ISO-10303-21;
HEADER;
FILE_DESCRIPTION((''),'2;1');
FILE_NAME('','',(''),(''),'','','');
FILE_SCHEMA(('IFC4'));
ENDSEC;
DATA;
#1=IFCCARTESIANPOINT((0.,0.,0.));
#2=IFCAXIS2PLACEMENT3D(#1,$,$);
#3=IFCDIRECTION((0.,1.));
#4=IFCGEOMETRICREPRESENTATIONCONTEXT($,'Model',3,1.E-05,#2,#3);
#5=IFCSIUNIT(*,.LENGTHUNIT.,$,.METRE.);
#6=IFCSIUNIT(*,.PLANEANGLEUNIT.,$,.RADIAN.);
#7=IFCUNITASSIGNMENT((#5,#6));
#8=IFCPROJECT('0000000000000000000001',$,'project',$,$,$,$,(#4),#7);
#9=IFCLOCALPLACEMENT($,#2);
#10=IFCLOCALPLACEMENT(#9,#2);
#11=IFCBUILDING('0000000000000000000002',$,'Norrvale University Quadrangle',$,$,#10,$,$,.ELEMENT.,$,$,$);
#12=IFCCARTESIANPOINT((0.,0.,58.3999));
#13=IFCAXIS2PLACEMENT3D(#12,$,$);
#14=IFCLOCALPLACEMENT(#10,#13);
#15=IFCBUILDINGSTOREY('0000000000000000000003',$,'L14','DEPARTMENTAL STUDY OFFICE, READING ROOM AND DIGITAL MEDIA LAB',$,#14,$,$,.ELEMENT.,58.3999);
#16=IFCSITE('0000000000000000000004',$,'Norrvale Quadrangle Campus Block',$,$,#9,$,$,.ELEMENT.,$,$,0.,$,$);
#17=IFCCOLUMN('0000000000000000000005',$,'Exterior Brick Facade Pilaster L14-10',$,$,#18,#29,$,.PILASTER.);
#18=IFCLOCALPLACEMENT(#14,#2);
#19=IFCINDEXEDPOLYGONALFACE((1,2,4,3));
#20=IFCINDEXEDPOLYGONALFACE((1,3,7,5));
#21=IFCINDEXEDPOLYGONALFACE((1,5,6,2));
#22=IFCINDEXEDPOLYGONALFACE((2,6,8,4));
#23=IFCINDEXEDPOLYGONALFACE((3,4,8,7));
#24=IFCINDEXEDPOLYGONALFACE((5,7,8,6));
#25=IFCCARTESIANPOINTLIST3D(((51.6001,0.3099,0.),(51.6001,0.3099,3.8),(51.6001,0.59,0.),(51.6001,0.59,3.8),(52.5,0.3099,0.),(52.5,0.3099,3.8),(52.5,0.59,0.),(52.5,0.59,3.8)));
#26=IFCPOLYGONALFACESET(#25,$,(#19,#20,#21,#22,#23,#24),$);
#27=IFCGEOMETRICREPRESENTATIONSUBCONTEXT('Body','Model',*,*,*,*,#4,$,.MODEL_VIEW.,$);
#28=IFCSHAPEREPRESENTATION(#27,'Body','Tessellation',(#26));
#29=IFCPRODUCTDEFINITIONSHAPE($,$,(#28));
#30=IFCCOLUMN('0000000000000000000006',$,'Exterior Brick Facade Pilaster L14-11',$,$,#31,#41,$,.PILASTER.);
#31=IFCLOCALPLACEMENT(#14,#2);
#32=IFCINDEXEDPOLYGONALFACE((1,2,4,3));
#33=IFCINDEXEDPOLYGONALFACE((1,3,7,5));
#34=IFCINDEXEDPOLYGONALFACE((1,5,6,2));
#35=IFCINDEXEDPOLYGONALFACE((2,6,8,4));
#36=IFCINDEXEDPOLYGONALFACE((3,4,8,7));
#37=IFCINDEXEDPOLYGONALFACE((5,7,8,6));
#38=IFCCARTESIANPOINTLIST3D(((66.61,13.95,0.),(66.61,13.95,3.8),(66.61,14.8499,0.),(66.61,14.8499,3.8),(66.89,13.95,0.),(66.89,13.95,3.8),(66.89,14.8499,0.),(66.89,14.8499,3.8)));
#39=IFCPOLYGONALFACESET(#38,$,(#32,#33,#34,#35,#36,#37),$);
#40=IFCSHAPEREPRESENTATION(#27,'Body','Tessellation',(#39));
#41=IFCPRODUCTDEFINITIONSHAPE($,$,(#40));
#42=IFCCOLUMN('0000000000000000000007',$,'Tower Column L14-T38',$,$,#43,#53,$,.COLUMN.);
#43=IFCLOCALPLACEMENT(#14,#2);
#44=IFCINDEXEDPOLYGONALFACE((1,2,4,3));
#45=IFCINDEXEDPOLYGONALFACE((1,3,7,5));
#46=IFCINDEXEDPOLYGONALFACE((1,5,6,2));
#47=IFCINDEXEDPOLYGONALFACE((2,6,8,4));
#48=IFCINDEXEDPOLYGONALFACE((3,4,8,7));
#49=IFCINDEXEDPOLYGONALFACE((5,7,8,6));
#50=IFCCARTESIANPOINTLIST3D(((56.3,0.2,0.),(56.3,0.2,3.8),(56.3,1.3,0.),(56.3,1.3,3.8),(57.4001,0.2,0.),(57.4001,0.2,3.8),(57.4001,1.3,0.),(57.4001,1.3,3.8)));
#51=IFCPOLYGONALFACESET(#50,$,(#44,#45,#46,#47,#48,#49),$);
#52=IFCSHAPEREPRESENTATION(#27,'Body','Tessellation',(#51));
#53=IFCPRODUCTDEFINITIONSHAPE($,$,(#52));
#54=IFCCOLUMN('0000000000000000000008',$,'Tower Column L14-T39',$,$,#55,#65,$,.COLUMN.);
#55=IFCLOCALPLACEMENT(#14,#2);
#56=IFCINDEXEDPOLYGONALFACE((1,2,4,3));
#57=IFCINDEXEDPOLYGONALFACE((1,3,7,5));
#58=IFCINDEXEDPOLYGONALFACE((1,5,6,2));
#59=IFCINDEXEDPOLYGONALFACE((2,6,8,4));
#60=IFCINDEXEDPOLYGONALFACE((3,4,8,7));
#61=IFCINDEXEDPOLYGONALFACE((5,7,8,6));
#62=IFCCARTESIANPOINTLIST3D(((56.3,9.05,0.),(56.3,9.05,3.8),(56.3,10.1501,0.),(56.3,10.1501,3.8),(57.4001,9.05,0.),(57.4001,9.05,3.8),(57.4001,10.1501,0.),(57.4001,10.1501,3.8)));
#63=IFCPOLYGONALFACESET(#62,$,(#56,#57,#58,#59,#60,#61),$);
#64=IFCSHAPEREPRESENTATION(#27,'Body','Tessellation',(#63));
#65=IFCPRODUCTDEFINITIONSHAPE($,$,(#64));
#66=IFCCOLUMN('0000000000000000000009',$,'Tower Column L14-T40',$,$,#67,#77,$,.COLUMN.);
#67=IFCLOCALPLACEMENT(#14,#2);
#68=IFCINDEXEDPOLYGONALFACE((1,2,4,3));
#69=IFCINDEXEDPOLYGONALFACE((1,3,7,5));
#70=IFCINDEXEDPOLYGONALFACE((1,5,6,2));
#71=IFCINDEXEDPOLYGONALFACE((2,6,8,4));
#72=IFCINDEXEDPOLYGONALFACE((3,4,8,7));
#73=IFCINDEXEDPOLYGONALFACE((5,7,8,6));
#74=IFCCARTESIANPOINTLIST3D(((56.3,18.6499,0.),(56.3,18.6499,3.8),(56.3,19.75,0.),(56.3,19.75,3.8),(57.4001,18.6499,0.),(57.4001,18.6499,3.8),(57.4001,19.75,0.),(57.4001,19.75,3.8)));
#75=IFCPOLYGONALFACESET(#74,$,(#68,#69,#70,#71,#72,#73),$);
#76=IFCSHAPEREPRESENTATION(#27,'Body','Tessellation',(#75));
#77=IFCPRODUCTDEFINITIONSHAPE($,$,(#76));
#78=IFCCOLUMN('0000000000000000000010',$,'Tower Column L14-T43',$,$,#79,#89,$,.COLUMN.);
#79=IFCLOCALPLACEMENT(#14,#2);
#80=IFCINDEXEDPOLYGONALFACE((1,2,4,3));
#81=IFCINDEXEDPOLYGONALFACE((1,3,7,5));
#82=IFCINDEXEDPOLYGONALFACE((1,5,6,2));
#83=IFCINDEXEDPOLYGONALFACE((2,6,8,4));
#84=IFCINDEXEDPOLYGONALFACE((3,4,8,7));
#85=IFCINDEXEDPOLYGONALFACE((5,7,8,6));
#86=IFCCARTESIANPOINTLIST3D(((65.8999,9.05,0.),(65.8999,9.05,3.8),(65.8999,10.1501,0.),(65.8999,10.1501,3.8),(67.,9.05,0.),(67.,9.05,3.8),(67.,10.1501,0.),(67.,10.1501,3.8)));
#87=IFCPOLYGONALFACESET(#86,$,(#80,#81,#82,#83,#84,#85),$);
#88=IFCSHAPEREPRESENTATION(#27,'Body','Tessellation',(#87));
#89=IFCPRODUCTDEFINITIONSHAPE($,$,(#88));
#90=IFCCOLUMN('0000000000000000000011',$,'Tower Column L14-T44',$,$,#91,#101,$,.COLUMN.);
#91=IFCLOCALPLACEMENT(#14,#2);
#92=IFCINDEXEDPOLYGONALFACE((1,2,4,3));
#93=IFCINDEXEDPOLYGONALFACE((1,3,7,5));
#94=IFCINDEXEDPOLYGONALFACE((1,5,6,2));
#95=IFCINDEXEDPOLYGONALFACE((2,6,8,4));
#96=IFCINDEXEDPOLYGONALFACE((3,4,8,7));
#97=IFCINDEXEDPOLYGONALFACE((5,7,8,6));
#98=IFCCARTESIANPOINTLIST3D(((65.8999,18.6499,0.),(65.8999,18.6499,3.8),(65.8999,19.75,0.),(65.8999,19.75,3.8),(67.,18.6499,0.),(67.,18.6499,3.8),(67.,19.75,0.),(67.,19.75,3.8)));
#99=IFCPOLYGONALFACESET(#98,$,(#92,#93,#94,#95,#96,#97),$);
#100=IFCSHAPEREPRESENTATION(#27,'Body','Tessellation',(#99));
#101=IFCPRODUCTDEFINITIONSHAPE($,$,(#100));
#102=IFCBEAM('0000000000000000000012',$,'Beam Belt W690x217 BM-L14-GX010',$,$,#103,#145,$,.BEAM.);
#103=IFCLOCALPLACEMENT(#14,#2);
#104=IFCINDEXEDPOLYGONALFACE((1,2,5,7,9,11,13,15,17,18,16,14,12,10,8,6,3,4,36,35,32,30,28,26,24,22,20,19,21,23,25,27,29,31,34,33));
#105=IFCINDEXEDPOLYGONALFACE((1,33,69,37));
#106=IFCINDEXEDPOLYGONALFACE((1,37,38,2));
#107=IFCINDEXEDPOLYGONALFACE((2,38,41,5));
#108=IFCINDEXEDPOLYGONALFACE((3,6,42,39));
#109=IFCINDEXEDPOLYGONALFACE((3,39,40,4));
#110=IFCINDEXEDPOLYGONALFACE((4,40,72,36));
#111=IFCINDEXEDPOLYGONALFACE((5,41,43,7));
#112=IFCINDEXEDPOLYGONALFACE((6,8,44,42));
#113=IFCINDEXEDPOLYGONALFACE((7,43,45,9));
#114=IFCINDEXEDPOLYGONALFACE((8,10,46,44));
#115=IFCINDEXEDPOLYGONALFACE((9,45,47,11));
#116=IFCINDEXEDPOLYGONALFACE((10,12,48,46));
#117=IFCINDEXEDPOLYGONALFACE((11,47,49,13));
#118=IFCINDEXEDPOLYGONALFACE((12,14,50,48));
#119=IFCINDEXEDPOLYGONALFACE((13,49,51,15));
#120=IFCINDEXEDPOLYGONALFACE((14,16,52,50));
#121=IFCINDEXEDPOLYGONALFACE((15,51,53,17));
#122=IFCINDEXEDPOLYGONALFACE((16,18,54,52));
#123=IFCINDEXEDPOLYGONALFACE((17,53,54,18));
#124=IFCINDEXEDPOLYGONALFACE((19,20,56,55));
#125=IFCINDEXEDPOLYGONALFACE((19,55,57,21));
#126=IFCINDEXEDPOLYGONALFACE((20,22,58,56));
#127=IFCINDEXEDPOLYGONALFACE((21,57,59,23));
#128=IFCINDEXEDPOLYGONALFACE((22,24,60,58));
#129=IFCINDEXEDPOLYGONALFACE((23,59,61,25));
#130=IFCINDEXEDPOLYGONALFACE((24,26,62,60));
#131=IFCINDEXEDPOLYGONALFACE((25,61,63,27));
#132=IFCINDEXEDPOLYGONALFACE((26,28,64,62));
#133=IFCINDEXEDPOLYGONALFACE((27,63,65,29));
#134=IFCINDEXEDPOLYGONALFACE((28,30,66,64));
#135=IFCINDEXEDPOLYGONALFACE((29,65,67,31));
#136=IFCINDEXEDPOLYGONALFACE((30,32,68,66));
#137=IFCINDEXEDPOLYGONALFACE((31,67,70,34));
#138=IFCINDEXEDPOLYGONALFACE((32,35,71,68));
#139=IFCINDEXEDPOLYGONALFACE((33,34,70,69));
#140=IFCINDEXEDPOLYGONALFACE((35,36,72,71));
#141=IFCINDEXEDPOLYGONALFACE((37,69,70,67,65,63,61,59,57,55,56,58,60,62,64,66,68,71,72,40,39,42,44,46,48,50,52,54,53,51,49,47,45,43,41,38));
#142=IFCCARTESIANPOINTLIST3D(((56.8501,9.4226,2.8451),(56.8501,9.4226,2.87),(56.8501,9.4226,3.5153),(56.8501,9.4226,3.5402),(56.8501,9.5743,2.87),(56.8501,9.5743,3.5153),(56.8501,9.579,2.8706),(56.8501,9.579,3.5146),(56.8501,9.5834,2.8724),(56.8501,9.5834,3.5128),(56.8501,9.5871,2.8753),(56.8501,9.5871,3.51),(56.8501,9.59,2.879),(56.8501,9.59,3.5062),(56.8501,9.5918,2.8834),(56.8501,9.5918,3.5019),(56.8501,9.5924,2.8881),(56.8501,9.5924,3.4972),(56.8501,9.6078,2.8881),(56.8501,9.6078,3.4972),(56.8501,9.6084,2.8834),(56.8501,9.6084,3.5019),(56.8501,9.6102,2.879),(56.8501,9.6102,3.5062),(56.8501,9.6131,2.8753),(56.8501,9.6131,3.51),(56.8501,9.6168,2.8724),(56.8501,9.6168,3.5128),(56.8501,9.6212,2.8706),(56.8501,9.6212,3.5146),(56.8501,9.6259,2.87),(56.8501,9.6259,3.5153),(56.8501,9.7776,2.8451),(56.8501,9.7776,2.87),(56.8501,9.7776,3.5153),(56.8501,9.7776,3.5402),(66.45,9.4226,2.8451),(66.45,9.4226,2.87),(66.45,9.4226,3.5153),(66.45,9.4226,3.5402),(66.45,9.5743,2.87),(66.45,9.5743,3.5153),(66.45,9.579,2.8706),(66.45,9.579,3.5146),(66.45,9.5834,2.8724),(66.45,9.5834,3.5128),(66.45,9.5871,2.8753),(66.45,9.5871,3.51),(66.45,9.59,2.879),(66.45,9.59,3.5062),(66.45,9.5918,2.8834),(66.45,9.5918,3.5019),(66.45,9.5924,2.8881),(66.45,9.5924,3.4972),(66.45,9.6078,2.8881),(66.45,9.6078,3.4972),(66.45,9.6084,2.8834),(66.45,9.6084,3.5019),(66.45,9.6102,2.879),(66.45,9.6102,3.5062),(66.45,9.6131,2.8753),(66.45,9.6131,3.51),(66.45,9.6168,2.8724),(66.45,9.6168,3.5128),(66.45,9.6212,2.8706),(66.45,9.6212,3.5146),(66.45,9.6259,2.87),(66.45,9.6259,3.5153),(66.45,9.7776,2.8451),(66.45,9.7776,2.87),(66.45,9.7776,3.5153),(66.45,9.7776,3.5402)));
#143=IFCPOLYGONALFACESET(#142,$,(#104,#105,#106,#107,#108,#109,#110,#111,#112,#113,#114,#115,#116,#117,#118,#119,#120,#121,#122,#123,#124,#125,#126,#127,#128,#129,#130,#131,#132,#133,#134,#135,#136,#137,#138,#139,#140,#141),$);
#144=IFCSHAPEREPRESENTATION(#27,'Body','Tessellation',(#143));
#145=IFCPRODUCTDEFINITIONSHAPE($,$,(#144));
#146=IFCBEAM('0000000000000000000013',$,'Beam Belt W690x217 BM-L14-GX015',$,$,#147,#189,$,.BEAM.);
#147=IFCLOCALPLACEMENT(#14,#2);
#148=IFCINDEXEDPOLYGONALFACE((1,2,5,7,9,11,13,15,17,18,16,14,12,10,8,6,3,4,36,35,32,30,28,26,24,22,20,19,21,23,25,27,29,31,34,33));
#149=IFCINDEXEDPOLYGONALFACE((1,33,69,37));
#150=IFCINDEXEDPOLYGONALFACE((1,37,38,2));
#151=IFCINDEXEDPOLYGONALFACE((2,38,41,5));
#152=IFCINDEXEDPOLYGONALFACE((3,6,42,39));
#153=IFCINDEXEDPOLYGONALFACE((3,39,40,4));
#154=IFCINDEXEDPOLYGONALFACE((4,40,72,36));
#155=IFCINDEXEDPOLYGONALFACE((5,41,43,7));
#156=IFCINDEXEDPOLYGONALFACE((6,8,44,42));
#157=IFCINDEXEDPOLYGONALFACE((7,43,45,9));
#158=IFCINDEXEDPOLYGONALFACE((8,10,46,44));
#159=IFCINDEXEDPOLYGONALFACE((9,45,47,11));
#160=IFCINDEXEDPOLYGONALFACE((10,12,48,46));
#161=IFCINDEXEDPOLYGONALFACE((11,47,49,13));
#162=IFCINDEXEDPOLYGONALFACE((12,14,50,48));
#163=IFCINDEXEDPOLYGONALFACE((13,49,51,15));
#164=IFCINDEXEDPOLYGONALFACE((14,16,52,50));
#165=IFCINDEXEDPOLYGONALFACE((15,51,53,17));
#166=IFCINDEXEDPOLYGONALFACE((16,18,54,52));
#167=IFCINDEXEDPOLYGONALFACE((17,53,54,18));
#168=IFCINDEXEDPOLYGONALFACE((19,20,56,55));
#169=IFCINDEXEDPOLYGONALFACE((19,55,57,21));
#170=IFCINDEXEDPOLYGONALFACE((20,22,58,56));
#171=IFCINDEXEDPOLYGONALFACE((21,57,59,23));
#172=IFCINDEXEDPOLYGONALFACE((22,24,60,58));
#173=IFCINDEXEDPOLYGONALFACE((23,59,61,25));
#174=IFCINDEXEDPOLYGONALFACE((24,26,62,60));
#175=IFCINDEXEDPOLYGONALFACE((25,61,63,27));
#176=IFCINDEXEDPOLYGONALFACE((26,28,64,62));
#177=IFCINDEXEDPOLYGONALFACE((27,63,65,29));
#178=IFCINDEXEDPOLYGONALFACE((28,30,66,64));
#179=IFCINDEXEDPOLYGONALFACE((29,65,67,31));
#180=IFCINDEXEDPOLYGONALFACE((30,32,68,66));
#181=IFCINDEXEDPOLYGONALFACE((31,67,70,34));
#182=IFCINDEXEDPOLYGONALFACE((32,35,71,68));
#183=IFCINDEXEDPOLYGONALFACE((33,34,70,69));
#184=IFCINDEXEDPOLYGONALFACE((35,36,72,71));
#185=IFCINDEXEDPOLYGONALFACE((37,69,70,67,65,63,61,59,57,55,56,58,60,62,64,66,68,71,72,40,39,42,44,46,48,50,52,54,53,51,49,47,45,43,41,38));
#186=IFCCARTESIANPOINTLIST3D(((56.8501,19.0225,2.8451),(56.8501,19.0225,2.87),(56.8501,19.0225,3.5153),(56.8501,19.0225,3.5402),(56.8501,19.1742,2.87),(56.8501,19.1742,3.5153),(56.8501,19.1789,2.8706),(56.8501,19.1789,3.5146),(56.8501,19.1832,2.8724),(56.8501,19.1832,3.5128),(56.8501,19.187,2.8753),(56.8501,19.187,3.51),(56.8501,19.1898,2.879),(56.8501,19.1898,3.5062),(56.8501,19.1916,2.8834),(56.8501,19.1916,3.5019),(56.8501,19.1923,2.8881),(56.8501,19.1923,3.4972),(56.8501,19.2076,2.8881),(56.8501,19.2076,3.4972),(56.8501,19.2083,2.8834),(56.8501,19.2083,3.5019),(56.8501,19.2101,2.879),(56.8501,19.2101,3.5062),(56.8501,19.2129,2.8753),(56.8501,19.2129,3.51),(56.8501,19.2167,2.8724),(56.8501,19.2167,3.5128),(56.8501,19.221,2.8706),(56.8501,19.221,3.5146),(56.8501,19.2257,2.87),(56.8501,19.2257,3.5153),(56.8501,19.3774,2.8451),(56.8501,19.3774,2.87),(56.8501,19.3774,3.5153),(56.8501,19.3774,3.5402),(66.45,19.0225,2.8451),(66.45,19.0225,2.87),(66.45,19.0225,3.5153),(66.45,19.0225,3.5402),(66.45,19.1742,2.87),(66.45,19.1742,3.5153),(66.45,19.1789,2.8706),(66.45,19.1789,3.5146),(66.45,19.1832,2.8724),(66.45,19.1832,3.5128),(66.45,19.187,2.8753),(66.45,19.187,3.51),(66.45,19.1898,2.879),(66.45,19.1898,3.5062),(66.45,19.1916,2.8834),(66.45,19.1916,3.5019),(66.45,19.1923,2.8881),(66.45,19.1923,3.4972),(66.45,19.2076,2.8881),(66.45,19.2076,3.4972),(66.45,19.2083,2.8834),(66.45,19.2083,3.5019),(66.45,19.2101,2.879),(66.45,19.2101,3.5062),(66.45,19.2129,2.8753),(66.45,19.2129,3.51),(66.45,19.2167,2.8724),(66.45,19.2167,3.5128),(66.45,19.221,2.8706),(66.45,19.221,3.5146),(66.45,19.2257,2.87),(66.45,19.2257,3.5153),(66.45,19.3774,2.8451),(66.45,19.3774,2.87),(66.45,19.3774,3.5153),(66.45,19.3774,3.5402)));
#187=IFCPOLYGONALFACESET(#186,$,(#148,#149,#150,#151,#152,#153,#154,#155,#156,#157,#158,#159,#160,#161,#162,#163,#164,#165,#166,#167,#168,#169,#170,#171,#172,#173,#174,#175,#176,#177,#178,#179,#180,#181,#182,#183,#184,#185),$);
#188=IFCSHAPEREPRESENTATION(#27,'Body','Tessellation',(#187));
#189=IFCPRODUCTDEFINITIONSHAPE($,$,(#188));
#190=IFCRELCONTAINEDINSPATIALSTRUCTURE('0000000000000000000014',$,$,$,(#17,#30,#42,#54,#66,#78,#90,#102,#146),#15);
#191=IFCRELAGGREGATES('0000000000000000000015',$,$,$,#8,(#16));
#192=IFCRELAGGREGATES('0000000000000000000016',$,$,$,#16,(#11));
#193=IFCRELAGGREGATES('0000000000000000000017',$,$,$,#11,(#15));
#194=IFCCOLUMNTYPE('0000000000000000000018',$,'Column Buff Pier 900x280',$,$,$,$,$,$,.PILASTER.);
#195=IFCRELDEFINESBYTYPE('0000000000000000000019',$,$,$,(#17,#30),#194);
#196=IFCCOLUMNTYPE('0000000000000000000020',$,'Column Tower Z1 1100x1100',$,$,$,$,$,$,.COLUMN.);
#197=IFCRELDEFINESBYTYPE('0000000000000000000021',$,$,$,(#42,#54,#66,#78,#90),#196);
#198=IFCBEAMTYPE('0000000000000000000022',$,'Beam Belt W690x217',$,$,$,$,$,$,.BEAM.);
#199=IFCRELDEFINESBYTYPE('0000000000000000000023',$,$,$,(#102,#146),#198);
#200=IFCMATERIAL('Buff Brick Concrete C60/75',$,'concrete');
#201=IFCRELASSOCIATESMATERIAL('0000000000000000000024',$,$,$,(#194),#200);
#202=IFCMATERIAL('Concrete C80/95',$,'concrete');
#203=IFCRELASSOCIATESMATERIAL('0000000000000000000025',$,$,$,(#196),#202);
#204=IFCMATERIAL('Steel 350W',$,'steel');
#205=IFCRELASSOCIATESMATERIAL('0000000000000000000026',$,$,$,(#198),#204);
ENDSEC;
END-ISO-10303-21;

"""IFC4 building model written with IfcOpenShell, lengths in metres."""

from ifc_helpers import new_model, si_unit, direction, frame, origin, origin_2d, place, context, subcontext, project, spatial, rectangle, i_section, extrude, material, material_profile, profile_set, type_object, element, save


model = new_model("IFC4")

# Units and contexts
model_context = context("Model", 3, precision=1e-05, world=origin(), true_north=direction((0.0, 1.0)))
body_context = subcontext(model_context, "Body", "Model", "MODEL_VIEW")
ifc_project = project(units=[si_unit("LENGTHUNIT", "METRE"), si_unit("PLANEANGLEUNIT", "RADIAN")], contexts=[model_context])

# Site, building, storey
site_placement = place(None, origin())
site = spatial("IfcSite", under=ifc_project, at=site_placement, Name="Norrvale Quadrangle Campus Block", CompositionType="ELEMENT", RefElevation=0.0)
building_placement = place(site_placement, origin())
building = spatial("IfcBuilding", under=site, at=building_placement, Name="Norrvale University Quadrangle", CompositionType="ELEMENT")
storey_placement = place(building_placement, frame((0.0, 0.0, 58.3999)))
storey = spatial("IfcBuildingStorey", under=building, at=storey_placement, Name="L14", Description="DEPARTMENTAL STUDY OFFICE, READING ROOM AND DIGITAL MEDIA LAB", CompositionType="ELEMENT", Elevation=58.3999)

# Columns
ifc_material_1 = material(Name="Buff Brick Concrete C60/75", Category="concrete")
ifc_material_profile_1 = material_profile(ifc_material_1, rectangle(XDim=0.8999, YDim=0.28, at=origin_2d()), Name="Buff Brick Concrete C60/75")
ifc_profile_set_1 = profile_set([ifc_material_profile_1], Name="Buff Brick Concrete C60/75")
column_type_1 = type_object("IfcColumnType", Name="Column Buff Pier 900x280", PredefinedType="PILASTER", material=ifc_profile_set_1)
for number, where, z_axis, x_axis, name in (
    (1, (52.05, 0.45, 0.0), (0.0, 0.0, 1.0), (1.0, 0.0, 0.0), "Exterior Brick Facade Pilaster L14-10"),
    (2, (66.75, 14.3999, 0.0), (0.0, 0.0, 1.0), (0.0, 1.0, 0.0), "Exterior Brick Facade Pilaster L14-11"),
):
    element("IfcColumn", number, at=place(storey_placement, frame(where, z_axis=z_axis, x_axis=x_axis)), inside=storey, type_object=column_type_1, Name=name, PredefinedType="PILASTER", context=body_context, shape_type="SweptSolid", body=[
        extrude(rectangle(XDim=0.8999, YDim=0.28, at=origin_2d()), origin(), (0.0, 0.0, 1.0), 3.8),
    ])
ifc_material_2 = material(Name="Concrete C80/95", Category="concrete")
ifc_material_profile_2 = material_profile(ifc_material_2, rectangle(XDim=1.1001, YDim=1.1001, at=origin_2d()), Name="Concrete C80/95")
ifc_profile_set_2 = profile_set([ifc_material_profile_2], Name="Concrete C80/95")
column_type_2 = type_object("IfcColumnType", Name="Column Tower Z1 1100x1100", PredefinedType="COLUMN", material=ifc_profile_set_2)
for number, where, z_axis, x_axis, name in (
    (3, (56.8501, 0.75, 0.0), (0.0, 0.0, 1.0), (1.0, 0.0, 0.0), "Tower Column L14-T38"),
    (4, (56.8501, 9.6001, 0.0), (0.0, 0.0, 1.0), (1.0, 0.0, 0.0), "Tower Column L14-T39"),
    (5, (56.8501, 19.2, 0.0), (0.0, 0.0, 1.0), (1.0, 0.0, 0.0), "Tower Column L14-T40"),
    (6, (66.45, 9.6001, 0.0), (0.0, 0.0, 1.0), (1.0, 0.0, 0.0), "Tower Column L14-T43"),
    (7, (66.45, 19.2, 0.0), (0.0, 0.0, 1.0), (1.0, 0.0, 0.0), "Tower Column L14-T44"),
):
    element("IfcColumn", number, at=place(storey_placement, frame(where, z_axis=z_axis, x_axis=x_axis)), inside=storey, type_object=column_type_2, Name=name, PredefinedType="COLUMN", context=body_context, shape_type="SweptSolid", body=[
        extrude(rectangle(XDim=1.1001, YDim=1.1001, at=origin_2d()), origin(), (0.0, 0.0, 1.0), 3.8),
    ])

# Beams
ifc_material_3 = material(Name="Steel 350W", Category="steel")
ifc_material_profile_3 = material_profile(ifc_material_3, i_section(OverallWidth=0.355, OverallDepth=0.6951, WebThickness=0.0154, FlangeThickness=0.0249, FilletRadius=0.0181, at=origin_2d()), Name="Steel 350W")
ifc_profile_set_3 = profile_set([ifc_material_profile_3], Name="Steel 350W")
beam_type_1 = type_object("IfcBeamType", Name="Beam Belt W690x217", PredefinedType="BEAM", material=ifc_profile_set_3)
for number, where, z_axis, x_axis, name in (
    (8, (56.8501, 9.6001, 3.1926), (1.0, 0.0, 0.0), (0.0, 1.0, 0.0), "Beam Belt W690x217 BM-L14-GX010"),
    (9, (56.8501, 19.2, 3.1926), (1.0, 0.0, 0.0), (0.0, 1.0, 0.0), "Beam Belt W690x217 BM-L14-GX015"),
):
    element("IfcBeam", number, at=place(storey_placement, frame(where, z_axis=z_axis, x_axis=x_axis)), inside=storey, type_object=beam_type_1, Name=name, PredefinedType="BEAM", context=body_context, shape_type="SweptSolid", body=[
        extrude(i_section(OverallWidth=0.355, OverallDepth=0.6951, WebThickness=0.0154, FlangeThickness=0.0249, FilletRadius=0.0181, at=origin_2d()), origin(), (0.0, 0.0, 1.0), 9.5999),
    ])

save(model, "model.ifc")
